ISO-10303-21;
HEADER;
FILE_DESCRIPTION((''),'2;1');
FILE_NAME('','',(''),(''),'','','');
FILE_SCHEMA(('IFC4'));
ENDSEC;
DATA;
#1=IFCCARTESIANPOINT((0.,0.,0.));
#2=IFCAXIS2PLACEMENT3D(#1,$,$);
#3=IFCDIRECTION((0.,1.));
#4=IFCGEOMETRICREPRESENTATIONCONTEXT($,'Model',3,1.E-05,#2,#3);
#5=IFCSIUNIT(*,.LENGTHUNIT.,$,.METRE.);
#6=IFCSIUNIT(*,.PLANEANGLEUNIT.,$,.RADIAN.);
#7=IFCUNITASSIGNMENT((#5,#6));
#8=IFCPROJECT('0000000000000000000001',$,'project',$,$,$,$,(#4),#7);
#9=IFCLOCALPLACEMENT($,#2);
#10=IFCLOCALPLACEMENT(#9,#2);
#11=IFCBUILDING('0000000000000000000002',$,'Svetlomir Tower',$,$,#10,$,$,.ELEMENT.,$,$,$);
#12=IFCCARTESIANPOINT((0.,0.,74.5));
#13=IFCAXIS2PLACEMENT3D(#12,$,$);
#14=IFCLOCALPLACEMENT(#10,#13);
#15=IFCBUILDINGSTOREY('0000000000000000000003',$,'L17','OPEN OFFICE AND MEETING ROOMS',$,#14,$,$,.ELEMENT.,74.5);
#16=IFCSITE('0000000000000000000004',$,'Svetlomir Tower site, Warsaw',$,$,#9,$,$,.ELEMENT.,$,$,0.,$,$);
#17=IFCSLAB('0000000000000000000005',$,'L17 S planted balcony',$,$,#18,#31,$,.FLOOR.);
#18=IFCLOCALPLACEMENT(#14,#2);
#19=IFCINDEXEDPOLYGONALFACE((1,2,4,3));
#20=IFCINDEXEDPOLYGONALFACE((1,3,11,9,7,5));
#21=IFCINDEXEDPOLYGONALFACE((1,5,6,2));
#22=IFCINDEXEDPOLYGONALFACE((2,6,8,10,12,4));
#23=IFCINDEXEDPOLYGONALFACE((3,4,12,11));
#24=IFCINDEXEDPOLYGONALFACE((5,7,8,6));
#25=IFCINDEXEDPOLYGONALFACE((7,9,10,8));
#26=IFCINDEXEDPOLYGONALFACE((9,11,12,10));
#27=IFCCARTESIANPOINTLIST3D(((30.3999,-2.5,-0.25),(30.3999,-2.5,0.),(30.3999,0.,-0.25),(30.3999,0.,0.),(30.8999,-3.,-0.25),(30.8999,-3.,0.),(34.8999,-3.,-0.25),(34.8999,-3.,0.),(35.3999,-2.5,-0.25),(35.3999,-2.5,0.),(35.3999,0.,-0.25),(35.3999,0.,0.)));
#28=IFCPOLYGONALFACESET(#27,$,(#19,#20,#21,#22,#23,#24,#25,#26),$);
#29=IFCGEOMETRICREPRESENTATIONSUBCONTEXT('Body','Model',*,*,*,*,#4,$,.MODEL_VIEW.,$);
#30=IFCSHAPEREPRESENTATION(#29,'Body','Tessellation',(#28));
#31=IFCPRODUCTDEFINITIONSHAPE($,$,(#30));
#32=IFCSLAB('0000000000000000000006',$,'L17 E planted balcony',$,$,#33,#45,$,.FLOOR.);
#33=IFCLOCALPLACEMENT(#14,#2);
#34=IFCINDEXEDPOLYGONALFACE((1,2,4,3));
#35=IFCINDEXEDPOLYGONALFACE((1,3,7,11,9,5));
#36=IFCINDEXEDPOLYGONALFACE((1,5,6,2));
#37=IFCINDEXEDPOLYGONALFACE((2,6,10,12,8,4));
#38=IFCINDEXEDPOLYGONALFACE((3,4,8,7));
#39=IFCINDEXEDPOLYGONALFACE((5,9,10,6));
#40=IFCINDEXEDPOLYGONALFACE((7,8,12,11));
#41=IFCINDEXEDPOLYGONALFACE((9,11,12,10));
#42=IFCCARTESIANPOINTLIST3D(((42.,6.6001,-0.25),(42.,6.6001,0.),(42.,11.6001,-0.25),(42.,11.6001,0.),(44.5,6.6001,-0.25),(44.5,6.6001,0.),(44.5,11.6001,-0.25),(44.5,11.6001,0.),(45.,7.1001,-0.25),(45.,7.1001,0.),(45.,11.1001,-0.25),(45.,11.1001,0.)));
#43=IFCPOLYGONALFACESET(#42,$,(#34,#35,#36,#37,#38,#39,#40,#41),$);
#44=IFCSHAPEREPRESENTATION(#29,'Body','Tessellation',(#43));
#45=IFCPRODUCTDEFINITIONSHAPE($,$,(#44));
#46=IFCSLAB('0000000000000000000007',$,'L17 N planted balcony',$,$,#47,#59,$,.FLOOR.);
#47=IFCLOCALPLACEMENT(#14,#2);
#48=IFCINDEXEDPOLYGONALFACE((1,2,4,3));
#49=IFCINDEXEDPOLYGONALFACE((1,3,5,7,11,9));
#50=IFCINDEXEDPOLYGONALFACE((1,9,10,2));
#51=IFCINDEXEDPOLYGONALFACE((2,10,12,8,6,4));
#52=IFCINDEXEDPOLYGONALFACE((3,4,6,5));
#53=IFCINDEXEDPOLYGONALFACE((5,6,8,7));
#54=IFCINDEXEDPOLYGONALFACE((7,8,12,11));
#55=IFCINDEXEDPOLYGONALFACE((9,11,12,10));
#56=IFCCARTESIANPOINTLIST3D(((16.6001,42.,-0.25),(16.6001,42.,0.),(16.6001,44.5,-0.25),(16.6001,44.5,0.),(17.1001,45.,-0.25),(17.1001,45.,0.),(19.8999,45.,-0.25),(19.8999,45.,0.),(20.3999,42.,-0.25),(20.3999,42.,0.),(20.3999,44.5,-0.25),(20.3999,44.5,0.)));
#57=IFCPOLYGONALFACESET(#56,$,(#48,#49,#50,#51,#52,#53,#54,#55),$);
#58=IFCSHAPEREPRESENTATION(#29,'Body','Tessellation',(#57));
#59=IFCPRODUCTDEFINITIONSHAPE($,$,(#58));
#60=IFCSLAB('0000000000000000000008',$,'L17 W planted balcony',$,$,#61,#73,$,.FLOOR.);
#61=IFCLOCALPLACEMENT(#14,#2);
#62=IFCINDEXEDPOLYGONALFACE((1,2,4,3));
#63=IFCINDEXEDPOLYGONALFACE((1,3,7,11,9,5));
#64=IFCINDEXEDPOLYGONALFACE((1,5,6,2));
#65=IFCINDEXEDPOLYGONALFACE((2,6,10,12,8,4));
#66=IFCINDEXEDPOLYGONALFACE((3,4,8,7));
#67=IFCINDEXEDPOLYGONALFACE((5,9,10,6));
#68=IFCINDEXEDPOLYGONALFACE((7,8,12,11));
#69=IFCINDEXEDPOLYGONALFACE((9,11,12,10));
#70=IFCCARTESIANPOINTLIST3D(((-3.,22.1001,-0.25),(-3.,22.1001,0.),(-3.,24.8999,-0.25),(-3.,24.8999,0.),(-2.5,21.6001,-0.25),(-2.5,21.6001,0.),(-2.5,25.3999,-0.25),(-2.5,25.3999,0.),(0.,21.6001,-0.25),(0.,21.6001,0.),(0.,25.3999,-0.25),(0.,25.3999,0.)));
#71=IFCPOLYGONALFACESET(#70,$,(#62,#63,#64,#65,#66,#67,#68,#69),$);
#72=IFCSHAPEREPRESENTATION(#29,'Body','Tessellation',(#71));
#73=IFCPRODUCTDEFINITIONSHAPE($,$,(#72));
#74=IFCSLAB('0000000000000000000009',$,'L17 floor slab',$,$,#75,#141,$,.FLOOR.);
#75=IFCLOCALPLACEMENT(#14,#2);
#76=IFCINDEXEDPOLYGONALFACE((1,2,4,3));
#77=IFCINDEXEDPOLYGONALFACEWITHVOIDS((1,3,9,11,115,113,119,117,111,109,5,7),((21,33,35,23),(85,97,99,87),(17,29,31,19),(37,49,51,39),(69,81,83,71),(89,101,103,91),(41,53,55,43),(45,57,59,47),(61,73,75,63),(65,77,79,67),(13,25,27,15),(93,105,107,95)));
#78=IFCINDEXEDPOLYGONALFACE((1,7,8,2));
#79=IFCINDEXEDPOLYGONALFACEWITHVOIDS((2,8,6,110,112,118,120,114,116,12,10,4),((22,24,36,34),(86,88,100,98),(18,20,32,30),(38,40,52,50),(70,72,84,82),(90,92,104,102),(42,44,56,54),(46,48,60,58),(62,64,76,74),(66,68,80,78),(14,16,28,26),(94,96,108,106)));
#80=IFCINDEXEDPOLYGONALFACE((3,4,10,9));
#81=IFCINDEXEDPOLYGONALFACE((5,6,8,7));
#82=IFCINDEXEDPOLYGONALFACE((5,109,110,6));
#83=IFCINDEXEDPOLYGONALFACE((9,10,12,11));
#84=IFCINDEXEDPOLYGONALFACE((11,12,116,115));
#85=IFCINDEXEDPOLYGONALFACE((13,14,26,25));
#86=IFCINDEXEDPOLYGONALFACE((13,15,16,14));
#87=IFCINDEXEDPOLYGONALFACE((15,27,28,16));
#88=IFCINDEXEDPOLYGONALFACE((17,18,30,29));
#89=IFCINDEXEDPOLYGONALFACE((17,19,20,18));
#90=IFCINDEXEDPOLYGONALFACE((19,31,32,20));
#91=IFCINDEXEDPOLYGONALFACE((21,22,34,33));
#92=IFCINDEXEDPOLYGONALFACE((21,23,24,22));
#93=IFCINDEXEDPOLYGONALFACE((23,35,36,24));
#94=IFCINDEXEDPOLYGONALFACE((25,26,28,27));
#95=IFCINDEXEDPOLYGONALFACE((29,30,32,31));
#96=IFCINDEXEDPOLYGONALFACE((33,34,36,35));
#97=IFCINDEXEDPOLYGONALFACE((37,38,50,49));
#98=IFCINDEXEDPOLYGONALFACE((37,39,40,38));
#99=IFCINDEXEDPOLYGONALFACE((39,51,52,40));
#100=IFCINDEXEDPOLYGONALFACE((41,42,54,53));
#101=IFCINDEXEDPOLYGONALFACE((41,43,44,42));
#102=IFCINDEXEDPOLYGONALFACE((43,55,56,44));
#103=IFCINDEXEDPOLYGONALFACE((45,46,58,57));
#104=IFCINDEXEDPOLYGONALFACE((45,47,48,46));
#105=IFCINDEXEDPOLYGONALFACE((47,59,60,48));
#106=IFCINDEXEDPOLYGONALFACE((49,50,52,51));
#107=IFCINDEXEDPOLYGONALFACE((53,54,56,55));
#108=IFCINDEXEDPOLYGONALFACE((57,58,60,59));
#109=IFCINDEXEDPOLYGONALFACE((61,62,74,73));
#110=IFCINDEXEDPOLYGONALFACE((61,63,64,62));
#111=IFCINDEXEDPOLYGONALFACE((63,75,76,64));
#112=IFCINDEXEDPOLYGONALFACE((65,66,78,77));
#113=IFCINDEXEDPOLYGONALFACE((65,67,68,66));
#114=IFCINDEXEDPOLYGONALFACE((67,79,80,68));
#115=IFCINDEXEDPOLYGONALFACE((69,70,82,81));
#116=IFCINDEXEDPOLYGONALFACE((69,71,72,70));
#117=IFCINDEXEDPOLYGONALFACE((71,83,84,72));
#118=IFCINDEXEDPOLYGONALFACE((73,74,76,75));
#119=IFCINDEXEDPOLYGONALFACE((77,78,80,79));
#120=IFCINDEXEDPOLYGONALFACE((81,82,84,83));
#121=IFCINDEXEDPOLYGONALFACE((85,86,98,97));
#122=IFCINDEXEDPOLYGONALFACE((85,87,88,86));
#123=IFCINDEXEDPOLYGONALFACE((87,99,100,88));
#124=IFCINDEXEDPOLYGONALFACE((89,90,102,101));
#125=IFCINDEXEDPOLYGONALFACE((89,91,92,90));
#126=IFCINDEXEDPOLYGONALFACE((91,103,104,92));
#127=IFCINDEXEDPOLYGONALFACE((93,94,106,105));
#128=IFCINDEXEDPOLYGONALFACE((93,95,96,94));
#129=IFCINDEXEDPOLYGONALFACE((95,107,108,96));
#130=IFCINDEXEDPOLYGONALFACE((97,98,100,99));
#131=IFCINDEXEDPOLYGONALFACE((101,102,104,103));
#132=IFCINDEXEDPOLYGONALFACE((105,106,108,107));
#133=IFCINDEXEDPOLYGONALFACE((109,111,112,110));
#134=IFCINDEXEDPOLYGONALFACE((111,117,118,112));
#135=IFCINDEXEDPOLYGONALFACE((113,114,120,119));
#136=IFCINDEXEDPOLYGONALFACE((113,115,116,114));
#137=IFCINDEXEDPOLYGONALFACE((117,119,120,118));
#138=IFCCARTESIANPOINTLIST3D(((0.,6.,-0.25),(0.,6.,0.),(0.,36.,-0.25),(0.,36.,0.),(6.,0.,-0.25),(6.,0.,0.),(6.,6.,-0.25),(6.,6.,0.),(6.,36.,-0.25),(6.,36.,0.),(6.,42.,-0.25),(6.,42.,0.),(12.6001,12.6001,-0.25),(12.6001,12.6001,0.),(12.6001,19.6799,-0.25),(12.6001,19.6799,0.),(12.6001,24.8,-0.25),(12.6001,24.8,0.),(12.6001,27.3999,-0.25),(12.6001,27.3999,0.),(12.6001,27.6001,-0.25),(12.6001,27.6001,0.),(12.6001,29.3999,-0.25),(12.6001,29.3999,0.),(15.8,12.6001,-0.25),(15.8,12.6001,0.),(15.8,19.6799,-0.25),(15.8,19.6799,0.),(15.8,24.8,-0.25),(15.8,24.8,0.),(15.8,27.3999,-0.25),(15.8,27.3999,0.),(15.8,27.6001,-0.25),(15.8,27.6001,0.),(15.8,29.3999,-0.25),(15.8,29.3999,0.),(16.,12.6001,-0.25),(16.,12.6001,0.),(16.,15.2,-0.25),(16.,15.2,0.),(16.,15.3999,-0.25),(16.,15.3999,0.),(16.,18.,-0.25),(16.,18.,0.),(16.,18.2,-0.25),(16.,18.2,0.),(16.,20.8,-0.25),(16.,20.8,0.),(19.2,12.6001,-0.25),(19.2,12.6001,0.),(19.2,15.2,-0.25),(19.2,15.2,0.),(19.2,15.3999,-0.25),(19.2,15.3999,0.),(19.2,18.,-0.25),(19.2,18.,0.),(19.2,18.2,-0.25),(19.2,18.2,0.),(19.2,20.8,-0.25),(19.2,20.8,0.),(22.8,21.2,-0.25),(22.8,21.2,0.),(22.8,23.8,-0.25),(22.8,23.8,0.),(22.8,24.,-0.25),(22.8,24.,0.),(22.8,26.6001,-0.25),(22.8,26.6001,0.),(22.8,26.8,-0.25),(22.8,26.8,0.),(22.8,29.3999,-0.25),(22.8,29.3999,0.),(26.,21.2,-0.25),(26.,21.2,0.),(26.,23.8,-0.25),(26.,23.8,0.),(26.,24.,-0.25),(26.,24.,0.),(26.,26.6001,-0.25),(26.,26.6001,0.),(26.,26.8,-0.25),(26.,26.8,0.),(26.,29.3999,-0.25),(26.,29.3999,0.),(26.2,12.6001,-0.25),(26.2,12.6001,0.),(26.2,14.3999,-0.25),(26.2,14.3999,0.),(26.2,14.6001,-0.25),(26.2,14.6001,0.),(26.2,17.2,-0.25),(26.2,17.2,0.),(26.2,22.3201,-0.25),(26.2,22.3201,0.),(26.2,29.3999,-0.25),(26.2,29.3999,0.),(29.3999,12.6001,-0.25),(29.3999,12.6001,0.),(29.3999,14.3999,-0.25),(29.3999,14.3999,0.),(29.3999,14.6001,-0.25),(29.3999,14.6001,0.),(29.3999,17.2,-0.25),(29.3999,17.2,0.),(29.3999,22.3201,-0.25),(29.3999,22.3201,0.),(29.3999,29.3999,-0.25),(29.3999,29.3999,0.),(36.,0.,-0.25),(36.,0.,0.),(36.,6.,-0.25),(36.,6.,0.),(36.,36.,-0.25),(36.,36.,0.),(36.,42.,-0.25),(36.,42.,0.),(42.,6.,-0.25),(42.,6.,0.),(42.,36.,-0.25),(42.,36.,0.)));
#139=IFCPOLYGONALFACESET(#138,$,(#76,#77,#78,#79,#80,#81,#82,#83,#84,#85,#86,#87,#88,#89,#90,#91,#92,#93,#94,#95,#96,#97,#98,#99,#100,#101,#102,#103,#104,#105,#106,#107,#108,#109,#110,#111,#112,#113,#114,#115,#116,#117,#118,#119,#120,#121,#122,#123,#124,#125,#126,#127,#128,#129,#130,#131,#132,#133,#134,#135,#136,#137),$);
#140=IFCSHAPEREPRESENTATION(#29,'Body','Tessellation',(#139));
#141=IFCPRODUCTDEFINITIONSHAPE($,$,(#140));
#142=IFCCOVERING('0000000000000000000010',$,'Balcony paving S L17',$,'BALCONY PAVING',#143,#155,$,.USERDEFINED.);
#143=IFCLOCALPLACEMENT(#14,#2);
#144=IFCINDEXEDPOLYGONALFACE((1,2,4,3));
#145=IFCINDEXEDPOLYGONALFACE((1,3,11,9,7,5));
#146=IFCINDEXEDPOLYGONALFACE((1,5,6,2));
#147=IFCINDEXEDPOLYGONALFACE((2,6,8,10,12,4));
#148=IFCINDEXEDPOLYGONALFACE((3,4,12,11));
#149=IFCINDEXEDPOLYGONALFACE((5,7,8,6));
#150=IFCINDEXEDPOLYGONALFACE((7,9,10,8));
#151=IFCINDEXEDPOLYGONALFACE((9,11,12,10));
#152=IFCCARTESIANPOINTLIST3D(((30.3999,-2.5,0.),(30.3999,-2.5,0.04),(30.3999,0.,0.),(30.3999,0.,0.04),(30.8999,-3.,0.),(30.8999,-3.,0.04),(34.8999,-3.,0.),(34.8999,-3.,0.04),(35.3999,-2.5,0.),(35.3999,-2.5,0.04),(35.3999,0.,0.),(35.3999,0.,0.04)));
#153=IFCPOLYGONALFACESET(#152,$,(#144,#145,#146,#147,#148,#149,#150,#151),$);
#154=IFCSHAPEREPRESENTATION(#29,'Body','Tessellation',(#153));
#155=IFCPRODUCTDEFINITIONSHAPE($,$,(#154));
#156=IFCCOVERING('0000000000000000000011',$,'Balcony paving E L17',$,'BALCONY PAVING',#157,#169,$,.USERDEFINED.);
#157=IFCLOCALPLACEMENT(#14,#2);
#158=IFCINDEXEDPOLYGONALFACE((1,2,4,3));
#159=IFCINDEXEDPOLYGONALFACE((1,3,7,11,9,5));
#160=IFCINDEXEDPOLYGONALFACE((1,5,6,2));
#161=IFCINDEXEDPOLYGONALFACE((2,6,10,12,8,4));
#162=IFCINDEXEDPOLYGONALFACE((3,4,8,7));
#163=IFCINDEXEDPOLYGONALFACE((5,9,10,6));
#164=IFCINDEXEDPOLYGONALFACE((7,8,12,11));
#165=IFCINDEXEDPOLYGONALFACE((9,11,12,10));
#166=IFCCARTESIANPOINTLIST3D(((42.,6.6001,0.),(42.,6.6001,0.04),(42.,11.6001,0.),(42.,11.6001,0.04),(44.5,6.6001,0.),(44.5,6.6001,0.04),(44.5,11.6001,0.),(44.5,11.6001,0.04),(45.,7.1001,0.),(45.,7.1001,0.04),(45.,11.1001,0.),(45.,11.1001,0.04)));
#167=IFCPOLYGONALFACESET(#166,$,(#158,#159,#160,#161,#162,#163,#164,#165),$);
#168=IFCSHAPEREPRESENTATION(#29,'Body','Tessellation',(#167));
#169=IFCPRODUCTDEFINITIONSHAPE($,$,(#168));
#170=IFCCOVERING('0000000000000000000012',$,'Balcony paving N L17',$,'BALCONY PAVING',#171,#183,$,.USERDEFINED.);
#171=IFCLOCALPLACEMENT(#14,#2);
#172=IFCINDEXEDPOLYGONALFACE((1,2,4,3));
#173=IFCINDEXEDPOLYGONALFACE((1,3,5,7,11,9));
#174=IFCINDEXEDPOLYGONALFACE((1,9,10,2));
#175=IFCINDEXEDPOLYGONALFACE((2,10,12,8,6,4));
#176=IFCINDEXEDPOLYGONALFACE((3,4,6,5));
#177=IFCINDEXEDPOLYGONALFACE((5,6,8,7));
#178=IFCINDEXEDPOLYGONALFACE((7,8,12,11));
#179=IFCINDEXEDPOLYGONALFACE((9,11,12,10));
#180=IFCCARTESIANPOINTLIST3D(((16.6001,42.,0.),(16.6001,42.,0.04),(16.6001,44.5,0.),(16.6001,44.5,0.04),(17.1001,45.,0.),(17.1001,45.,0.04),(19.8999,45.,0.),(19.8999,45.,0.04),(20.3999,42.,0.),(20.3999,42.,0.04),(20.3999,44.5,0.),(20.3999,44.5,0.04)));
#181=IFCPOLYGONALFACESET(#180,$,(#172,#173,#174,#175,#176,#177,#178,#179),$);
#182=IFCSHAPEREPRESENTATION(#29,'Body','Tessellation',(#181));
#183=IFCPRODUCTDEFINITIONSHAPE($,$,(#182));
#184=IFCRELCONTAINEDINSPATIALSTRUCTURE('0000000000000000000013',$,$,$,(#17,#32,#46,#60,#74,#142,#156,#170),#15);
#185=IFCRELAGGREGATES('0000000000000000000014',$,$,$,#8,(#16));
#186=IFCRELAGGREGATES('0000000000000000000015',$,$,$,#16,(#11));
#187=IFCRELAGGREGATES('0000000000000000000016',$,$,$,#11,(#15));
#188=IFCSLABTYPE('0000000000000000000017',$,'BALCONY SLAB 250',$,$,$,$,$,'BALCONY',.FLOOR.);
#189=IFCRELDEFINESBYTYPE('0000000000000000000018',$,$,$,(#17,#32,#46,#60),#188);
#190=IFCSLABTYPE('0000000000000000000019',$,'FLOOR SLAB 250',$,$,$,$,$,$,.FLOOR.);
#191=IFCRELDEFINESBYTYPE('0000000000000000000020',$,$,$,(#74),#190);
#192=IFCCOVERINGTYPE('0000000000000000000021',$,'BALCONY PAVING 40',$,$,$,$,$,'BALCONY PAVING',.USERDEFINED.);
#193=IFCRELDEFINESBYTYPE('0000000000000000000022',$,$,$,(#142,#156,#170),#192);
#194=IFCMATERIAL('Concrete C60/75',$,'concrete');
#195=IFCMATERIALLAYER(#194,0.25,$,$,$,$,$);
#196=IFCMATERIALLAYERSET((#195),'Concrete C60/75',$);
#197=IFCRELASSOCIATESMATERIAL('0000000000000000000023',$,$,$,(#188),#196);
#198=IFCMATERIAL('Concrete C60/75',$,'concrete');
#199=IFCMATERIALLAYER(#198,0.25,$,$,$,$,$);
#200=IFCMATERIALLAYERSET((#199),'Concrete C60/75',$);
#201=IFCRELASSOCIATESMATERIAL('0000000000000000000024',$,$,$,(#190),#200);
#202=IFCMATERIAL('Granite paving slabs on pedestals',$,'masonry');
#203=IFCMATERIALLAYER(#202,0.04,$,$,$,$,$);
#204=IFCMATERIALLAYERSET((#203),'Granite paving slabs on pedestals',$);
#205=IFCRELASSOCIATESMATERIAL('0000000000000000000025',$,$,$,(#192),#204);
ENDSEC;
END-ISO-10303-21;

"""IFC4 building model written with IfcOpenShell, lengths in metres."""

from ifc_helpers import new_model, si_unit, direction, frame, origin, place, context, subcontext, project, spatial, polyline, outline, extrude, material, layer, layer_set, type_object, element, save


model = new_model("IFC4")

# Units and contexts
model_context = context("Model", 3, precision=1e-05, world=origin(), true_north=direction((0.0, 1.0)))
body_context = subcontext(model_context, "Body", "Model", "MODEL_VIEW")
ifc_project = project(units=[si_unit("LENGTHUNIT", "METRE"), si_unit("PLANEANGLEUNIT", "RADIAN")], contexts=[model_context])

# Site, building, storey
site_placement = place(None, origin())
site = spatial("IfcSite", under=ifc_project, at=site_placement, Name="Svetlomir Tower site, Warsaw", CompositionType="ELEMENT", RefElevation=0.0)
building_placement = place(site_placement, origin())
building = spatial("IfcBuilding", under=site, at=building_placement, Name="Svetlomir Tower", CompositionType="ELEMENT")
storey_placement = place(building_placement, frame((0.0, 0.0, 74.5)))
storey = spatial("IfcBuildingStorey", under=building, at=storey_placement, Name="L17", Description="OPEN OFFICE AND MEETING ROOMS", CompositionType="ELEMENT", Elevation=74.5)

# Slabs
ifc_material_1 = material(Name="Concrete C60/75", Category="concrete")
ifc_layer_1 = layer(ifc_material_1, 0.25)
ifc_layer_set_1 = layer_set([ifc_layer_1], Name="Concrete C60/75")
slab_type_1 = type_object("IfcSlabType", Name="BALCONY SLAB 250", ElementType="BALCONY", PredefinedType="FLOOR", material=ifc_layer_set_1)
slab_1_placement = place(storey_placement, frame((0.0, 0.0, -0.25)))
element("IfcSlab", 1, at=slab_1_placement, inside=storey, type_object=slab_type_1, Name="L17 S planted balcony", PredefinedType="FLOOR", context=body_context, shape_type="SweptSolid", body=[
    extrude(outline(polyline([(30.3999, -2.5), (30.8999, -3.0), (34.8999, -3.0), (35.3999, -2.5), (35.3999, 0.0), (30.3999, 0.0), (30.3999, -2.5)])), origin(), (0.0, 0.0, 1.0), 0.25),
])
slab_2_placement = place(storey_placement, frame((0.0, 0.0, -0.25)))
element("IfcSlab", 2, at=slab_2_placement, inside=storey, type_object=slab_type_1, Name="L17 E planted balcony", PredefinedType="FLOOR", context=body_context, shape_type="SweptSolid", body=[
    extrude(outline(polyline([(42.0, 6.6001), (44.5, 6.6001), (45.0, 7.1001), (45.0, 11.1001), (44.5, 11.6001), (42.0, 11.6001), (42.0, 6.6001)])), origin(), (0.0, 0.0, 1.0), 0.25),
])
slab_3_placement = place(storey_placement, frame((0.0, 0.0, -0.25)))
element("IfcSlab", 3, at=slab_3_placement, inside=storey, type_object=slab_type_1, Name="L17 N planted balcony", PredefinedType="FLOOR", context=body_context, shape_type="SweptSolid", body=[
    extrude(outline(polyline([(16.6001, 42.0), (20.3999, 42.0), (20.3999, 44.5), (19.8999, 45.0), (17.1001, 45.0), (16.6001, 44.5), (16.6001, 42.0)])), origin(), (0.0, 0.0, 1.0), 0.25),
])
slab_4_placement = place(storey_placement, frame((0.0, 0.0, -0.25)))
element("IfcSlab", 4, at=slab_4_placement, inside=storey, type_object=slab_type_1, Name="L17 W planted balcony", PredefinedType="FLOOR", context=body_context, shape_type="SweptSolid", body=[
    extrude(outline(polyline([(-2.5, 21.6001), (0.0, 21.6001), (0.0, 25.3999), (-2.5, 25.3999), (-3.0, 24.8999), (-3.0, 22.1001), (-2.5, 21.6001)])), origin(), (0.0, 0.0, 1.0), 0.25),
])
ifc_material_2 = material(Name="Concrete C60/75", Category="concrete")
ifc_layer_2 = layer(ifc_material_2, 0.25)
ifc_layer_set_2 = layer_set([ifc_layer_2], Name="Concrete C60/75")
slab_type_2 = type_object("IfcSlabType", Name="FLOOR SLAB 250", PredefinedType="FLOOR", material=ifc_layer_set_2)
slab_5_placement = place(storey_placement, frame((0.0, 0.0, -0.25)))
element("IfcSlab", 5, at=slab_5_placement, inside=storey, type_object=slab_type_2, Name="L17 floor slab", PredefinedType="FLOOR", context=body_context, shape_type="SweptSolid", body=[
    extrude(outline(polyline([(6.0, 0.0), (36.0, 0.0), (36.0, 6.0), (42.0, 6.0), (42.0, 36.0), (36.0, 36.0), (36.0, 42.0), (6.0, 42.0), (6.0, 36.0), (0.0, 36.0), (0.0, 6.0), (6.0, 6.0), (6.0, 0.0)]), holes=[polyline([(12.6001, 24.8), (15.8, 24.8), (15.8, 27.3999), (12.6001, 27.3999), (12.6001, 24.8)]), polyline([(26.2, 14.6001), (29.3999, 14.6001), (29.3999, 17.2), (26.2, 17.2), (26.2, 14.6001)]), polyline([(16.0, 12.6001), (19.2, 12.6001), (19.2, 15.2), (16.0, 15.2), (16.0, 12.6001)]), polyline([(16.0, 15.3999), (19.2, 15.3999), (19.2, 18.0), (16.0, 18.0), (16.0, 15.3999)]), polyline([(16.0, 18.2), (19.2, 18.2), (19.2, 20.8), (16.0, 20.8), (16.0, 18.2)]), polyline([(22.8, 21.2), (26.0, 21.2), (26.0, 23.8), (22.8, 23.8), (22.8, 21.2)]), polyline([(22.8, 24.0), (26.0, 24.0), (26.0, 26.6001), (22.8, 26.6001), (22.8, 24.0)]), polyline([(22.8, 26.8), (26.0, 26.8), (26.0, 29.3999), (22.8, 29.3999), (22.8, 26.8)]), polyline([(12.6001, 27.6001), (15.8, 27.6001), (15.8, 29.3999), (12.6001, 29.3999), (12.6001, 27.6001)]), polyline([(26.2, 12.6001), (29.3999, 12.6001), (29.3999, 14.3999), (26.2, 14.3999), (26.2, 12.6001)]), polyline([(12.6001, 12.6001), (15.8, 12.6001), (15.8, 19.6799), (12.6001, 19.6799), (12.6001, 12.6001)]), polyline([(26.2, 22.3201), (29.3999, 22.3201), (29.3999, 29.3999), (26.2, 29.3999), (26.2, 22.3201)])]), origin(), (0.0, 0.0, 1.0), 0.25),
])

# Coverings
ifc_material_3 = material(Name="Granite paving slabs on pedestals", Category="masonry")
ifc_layer_3 = layer(ifc_material_3, 0.04)
ifc_layer_set_3 = layer_set([ifc_layer_3], Name="Granite paving slabs on pedestals")
covering_type_1 = type_object("IfcCoveringType", Name="BALCONY PAVING 40", ElementType="BALCONY PAVING", PredefinedType="USERDEFINED", material=ifc_layer_set_3)
covering_1_placement = place(storey_placement, origin())
element("IfcCovering", 6, at=covering_1_placement, inside=storey, type_object=covering_type_1, Name="Balcony paving S L17", ObjectType="BALCONY PAVING", PredefinedType="USERDEFINED", context=body_context, shape_type="SweptSolid", body=[
    extrude(outline(polyline([(30.3999, -2.5), (30.8999, -3.0), (34.8999, -3.0), (35.3999, -2.5), (35.3999, 0.0), (30.3999, 0.0), (30.3999, -2.5)])), origin(), (0.0, 0.0, 1.0), 0.04),
])
covering_2_placement = place(storey_placement, origin())
element("IfcCovering", 7, at=covering_2_placement, inside=storey, type_object=covering_type_1, Name="Balcony paving E L17", ObjectType="BALCONY PAVING", PredefinedType="USERDEFINED", context=body_context, shape_type="SweptSolid", body=[
    extrude(outline(polyline([(42.0, 6.6001), (44.5, 6.6001), (45.0, 7.1001), (45.0, 11.1001), (44.5, 11.6001), (42.0, 11.6001), (42.0, 6.6001)])), origin(), (0.0, 0.0, 1.0), 0.04),
])
covering_3_placement = place(storey_placement, origin())
element("IfcCovering", 8, at=covering_3_placement, inside=storey, type_object=covering_type_1, Name="Balcony paving N L17", ObjectType="BALCONY PAVING", PredefinedType="USERDEFINED", context=body_context, shape_type="SweptSolid", body=[
    extrude(outline(polyline([(16.6001, 42.0), (20.3999, 42.0), (20.3999, 44.5), (19.8999, 45.0), (17.1001, 45.0), (16.6001, 44.5), (16.6001, 42.0)])), origin(), (0.0, 0.0, 1.0), 0.04),
])

save(model, "model.ifc")
